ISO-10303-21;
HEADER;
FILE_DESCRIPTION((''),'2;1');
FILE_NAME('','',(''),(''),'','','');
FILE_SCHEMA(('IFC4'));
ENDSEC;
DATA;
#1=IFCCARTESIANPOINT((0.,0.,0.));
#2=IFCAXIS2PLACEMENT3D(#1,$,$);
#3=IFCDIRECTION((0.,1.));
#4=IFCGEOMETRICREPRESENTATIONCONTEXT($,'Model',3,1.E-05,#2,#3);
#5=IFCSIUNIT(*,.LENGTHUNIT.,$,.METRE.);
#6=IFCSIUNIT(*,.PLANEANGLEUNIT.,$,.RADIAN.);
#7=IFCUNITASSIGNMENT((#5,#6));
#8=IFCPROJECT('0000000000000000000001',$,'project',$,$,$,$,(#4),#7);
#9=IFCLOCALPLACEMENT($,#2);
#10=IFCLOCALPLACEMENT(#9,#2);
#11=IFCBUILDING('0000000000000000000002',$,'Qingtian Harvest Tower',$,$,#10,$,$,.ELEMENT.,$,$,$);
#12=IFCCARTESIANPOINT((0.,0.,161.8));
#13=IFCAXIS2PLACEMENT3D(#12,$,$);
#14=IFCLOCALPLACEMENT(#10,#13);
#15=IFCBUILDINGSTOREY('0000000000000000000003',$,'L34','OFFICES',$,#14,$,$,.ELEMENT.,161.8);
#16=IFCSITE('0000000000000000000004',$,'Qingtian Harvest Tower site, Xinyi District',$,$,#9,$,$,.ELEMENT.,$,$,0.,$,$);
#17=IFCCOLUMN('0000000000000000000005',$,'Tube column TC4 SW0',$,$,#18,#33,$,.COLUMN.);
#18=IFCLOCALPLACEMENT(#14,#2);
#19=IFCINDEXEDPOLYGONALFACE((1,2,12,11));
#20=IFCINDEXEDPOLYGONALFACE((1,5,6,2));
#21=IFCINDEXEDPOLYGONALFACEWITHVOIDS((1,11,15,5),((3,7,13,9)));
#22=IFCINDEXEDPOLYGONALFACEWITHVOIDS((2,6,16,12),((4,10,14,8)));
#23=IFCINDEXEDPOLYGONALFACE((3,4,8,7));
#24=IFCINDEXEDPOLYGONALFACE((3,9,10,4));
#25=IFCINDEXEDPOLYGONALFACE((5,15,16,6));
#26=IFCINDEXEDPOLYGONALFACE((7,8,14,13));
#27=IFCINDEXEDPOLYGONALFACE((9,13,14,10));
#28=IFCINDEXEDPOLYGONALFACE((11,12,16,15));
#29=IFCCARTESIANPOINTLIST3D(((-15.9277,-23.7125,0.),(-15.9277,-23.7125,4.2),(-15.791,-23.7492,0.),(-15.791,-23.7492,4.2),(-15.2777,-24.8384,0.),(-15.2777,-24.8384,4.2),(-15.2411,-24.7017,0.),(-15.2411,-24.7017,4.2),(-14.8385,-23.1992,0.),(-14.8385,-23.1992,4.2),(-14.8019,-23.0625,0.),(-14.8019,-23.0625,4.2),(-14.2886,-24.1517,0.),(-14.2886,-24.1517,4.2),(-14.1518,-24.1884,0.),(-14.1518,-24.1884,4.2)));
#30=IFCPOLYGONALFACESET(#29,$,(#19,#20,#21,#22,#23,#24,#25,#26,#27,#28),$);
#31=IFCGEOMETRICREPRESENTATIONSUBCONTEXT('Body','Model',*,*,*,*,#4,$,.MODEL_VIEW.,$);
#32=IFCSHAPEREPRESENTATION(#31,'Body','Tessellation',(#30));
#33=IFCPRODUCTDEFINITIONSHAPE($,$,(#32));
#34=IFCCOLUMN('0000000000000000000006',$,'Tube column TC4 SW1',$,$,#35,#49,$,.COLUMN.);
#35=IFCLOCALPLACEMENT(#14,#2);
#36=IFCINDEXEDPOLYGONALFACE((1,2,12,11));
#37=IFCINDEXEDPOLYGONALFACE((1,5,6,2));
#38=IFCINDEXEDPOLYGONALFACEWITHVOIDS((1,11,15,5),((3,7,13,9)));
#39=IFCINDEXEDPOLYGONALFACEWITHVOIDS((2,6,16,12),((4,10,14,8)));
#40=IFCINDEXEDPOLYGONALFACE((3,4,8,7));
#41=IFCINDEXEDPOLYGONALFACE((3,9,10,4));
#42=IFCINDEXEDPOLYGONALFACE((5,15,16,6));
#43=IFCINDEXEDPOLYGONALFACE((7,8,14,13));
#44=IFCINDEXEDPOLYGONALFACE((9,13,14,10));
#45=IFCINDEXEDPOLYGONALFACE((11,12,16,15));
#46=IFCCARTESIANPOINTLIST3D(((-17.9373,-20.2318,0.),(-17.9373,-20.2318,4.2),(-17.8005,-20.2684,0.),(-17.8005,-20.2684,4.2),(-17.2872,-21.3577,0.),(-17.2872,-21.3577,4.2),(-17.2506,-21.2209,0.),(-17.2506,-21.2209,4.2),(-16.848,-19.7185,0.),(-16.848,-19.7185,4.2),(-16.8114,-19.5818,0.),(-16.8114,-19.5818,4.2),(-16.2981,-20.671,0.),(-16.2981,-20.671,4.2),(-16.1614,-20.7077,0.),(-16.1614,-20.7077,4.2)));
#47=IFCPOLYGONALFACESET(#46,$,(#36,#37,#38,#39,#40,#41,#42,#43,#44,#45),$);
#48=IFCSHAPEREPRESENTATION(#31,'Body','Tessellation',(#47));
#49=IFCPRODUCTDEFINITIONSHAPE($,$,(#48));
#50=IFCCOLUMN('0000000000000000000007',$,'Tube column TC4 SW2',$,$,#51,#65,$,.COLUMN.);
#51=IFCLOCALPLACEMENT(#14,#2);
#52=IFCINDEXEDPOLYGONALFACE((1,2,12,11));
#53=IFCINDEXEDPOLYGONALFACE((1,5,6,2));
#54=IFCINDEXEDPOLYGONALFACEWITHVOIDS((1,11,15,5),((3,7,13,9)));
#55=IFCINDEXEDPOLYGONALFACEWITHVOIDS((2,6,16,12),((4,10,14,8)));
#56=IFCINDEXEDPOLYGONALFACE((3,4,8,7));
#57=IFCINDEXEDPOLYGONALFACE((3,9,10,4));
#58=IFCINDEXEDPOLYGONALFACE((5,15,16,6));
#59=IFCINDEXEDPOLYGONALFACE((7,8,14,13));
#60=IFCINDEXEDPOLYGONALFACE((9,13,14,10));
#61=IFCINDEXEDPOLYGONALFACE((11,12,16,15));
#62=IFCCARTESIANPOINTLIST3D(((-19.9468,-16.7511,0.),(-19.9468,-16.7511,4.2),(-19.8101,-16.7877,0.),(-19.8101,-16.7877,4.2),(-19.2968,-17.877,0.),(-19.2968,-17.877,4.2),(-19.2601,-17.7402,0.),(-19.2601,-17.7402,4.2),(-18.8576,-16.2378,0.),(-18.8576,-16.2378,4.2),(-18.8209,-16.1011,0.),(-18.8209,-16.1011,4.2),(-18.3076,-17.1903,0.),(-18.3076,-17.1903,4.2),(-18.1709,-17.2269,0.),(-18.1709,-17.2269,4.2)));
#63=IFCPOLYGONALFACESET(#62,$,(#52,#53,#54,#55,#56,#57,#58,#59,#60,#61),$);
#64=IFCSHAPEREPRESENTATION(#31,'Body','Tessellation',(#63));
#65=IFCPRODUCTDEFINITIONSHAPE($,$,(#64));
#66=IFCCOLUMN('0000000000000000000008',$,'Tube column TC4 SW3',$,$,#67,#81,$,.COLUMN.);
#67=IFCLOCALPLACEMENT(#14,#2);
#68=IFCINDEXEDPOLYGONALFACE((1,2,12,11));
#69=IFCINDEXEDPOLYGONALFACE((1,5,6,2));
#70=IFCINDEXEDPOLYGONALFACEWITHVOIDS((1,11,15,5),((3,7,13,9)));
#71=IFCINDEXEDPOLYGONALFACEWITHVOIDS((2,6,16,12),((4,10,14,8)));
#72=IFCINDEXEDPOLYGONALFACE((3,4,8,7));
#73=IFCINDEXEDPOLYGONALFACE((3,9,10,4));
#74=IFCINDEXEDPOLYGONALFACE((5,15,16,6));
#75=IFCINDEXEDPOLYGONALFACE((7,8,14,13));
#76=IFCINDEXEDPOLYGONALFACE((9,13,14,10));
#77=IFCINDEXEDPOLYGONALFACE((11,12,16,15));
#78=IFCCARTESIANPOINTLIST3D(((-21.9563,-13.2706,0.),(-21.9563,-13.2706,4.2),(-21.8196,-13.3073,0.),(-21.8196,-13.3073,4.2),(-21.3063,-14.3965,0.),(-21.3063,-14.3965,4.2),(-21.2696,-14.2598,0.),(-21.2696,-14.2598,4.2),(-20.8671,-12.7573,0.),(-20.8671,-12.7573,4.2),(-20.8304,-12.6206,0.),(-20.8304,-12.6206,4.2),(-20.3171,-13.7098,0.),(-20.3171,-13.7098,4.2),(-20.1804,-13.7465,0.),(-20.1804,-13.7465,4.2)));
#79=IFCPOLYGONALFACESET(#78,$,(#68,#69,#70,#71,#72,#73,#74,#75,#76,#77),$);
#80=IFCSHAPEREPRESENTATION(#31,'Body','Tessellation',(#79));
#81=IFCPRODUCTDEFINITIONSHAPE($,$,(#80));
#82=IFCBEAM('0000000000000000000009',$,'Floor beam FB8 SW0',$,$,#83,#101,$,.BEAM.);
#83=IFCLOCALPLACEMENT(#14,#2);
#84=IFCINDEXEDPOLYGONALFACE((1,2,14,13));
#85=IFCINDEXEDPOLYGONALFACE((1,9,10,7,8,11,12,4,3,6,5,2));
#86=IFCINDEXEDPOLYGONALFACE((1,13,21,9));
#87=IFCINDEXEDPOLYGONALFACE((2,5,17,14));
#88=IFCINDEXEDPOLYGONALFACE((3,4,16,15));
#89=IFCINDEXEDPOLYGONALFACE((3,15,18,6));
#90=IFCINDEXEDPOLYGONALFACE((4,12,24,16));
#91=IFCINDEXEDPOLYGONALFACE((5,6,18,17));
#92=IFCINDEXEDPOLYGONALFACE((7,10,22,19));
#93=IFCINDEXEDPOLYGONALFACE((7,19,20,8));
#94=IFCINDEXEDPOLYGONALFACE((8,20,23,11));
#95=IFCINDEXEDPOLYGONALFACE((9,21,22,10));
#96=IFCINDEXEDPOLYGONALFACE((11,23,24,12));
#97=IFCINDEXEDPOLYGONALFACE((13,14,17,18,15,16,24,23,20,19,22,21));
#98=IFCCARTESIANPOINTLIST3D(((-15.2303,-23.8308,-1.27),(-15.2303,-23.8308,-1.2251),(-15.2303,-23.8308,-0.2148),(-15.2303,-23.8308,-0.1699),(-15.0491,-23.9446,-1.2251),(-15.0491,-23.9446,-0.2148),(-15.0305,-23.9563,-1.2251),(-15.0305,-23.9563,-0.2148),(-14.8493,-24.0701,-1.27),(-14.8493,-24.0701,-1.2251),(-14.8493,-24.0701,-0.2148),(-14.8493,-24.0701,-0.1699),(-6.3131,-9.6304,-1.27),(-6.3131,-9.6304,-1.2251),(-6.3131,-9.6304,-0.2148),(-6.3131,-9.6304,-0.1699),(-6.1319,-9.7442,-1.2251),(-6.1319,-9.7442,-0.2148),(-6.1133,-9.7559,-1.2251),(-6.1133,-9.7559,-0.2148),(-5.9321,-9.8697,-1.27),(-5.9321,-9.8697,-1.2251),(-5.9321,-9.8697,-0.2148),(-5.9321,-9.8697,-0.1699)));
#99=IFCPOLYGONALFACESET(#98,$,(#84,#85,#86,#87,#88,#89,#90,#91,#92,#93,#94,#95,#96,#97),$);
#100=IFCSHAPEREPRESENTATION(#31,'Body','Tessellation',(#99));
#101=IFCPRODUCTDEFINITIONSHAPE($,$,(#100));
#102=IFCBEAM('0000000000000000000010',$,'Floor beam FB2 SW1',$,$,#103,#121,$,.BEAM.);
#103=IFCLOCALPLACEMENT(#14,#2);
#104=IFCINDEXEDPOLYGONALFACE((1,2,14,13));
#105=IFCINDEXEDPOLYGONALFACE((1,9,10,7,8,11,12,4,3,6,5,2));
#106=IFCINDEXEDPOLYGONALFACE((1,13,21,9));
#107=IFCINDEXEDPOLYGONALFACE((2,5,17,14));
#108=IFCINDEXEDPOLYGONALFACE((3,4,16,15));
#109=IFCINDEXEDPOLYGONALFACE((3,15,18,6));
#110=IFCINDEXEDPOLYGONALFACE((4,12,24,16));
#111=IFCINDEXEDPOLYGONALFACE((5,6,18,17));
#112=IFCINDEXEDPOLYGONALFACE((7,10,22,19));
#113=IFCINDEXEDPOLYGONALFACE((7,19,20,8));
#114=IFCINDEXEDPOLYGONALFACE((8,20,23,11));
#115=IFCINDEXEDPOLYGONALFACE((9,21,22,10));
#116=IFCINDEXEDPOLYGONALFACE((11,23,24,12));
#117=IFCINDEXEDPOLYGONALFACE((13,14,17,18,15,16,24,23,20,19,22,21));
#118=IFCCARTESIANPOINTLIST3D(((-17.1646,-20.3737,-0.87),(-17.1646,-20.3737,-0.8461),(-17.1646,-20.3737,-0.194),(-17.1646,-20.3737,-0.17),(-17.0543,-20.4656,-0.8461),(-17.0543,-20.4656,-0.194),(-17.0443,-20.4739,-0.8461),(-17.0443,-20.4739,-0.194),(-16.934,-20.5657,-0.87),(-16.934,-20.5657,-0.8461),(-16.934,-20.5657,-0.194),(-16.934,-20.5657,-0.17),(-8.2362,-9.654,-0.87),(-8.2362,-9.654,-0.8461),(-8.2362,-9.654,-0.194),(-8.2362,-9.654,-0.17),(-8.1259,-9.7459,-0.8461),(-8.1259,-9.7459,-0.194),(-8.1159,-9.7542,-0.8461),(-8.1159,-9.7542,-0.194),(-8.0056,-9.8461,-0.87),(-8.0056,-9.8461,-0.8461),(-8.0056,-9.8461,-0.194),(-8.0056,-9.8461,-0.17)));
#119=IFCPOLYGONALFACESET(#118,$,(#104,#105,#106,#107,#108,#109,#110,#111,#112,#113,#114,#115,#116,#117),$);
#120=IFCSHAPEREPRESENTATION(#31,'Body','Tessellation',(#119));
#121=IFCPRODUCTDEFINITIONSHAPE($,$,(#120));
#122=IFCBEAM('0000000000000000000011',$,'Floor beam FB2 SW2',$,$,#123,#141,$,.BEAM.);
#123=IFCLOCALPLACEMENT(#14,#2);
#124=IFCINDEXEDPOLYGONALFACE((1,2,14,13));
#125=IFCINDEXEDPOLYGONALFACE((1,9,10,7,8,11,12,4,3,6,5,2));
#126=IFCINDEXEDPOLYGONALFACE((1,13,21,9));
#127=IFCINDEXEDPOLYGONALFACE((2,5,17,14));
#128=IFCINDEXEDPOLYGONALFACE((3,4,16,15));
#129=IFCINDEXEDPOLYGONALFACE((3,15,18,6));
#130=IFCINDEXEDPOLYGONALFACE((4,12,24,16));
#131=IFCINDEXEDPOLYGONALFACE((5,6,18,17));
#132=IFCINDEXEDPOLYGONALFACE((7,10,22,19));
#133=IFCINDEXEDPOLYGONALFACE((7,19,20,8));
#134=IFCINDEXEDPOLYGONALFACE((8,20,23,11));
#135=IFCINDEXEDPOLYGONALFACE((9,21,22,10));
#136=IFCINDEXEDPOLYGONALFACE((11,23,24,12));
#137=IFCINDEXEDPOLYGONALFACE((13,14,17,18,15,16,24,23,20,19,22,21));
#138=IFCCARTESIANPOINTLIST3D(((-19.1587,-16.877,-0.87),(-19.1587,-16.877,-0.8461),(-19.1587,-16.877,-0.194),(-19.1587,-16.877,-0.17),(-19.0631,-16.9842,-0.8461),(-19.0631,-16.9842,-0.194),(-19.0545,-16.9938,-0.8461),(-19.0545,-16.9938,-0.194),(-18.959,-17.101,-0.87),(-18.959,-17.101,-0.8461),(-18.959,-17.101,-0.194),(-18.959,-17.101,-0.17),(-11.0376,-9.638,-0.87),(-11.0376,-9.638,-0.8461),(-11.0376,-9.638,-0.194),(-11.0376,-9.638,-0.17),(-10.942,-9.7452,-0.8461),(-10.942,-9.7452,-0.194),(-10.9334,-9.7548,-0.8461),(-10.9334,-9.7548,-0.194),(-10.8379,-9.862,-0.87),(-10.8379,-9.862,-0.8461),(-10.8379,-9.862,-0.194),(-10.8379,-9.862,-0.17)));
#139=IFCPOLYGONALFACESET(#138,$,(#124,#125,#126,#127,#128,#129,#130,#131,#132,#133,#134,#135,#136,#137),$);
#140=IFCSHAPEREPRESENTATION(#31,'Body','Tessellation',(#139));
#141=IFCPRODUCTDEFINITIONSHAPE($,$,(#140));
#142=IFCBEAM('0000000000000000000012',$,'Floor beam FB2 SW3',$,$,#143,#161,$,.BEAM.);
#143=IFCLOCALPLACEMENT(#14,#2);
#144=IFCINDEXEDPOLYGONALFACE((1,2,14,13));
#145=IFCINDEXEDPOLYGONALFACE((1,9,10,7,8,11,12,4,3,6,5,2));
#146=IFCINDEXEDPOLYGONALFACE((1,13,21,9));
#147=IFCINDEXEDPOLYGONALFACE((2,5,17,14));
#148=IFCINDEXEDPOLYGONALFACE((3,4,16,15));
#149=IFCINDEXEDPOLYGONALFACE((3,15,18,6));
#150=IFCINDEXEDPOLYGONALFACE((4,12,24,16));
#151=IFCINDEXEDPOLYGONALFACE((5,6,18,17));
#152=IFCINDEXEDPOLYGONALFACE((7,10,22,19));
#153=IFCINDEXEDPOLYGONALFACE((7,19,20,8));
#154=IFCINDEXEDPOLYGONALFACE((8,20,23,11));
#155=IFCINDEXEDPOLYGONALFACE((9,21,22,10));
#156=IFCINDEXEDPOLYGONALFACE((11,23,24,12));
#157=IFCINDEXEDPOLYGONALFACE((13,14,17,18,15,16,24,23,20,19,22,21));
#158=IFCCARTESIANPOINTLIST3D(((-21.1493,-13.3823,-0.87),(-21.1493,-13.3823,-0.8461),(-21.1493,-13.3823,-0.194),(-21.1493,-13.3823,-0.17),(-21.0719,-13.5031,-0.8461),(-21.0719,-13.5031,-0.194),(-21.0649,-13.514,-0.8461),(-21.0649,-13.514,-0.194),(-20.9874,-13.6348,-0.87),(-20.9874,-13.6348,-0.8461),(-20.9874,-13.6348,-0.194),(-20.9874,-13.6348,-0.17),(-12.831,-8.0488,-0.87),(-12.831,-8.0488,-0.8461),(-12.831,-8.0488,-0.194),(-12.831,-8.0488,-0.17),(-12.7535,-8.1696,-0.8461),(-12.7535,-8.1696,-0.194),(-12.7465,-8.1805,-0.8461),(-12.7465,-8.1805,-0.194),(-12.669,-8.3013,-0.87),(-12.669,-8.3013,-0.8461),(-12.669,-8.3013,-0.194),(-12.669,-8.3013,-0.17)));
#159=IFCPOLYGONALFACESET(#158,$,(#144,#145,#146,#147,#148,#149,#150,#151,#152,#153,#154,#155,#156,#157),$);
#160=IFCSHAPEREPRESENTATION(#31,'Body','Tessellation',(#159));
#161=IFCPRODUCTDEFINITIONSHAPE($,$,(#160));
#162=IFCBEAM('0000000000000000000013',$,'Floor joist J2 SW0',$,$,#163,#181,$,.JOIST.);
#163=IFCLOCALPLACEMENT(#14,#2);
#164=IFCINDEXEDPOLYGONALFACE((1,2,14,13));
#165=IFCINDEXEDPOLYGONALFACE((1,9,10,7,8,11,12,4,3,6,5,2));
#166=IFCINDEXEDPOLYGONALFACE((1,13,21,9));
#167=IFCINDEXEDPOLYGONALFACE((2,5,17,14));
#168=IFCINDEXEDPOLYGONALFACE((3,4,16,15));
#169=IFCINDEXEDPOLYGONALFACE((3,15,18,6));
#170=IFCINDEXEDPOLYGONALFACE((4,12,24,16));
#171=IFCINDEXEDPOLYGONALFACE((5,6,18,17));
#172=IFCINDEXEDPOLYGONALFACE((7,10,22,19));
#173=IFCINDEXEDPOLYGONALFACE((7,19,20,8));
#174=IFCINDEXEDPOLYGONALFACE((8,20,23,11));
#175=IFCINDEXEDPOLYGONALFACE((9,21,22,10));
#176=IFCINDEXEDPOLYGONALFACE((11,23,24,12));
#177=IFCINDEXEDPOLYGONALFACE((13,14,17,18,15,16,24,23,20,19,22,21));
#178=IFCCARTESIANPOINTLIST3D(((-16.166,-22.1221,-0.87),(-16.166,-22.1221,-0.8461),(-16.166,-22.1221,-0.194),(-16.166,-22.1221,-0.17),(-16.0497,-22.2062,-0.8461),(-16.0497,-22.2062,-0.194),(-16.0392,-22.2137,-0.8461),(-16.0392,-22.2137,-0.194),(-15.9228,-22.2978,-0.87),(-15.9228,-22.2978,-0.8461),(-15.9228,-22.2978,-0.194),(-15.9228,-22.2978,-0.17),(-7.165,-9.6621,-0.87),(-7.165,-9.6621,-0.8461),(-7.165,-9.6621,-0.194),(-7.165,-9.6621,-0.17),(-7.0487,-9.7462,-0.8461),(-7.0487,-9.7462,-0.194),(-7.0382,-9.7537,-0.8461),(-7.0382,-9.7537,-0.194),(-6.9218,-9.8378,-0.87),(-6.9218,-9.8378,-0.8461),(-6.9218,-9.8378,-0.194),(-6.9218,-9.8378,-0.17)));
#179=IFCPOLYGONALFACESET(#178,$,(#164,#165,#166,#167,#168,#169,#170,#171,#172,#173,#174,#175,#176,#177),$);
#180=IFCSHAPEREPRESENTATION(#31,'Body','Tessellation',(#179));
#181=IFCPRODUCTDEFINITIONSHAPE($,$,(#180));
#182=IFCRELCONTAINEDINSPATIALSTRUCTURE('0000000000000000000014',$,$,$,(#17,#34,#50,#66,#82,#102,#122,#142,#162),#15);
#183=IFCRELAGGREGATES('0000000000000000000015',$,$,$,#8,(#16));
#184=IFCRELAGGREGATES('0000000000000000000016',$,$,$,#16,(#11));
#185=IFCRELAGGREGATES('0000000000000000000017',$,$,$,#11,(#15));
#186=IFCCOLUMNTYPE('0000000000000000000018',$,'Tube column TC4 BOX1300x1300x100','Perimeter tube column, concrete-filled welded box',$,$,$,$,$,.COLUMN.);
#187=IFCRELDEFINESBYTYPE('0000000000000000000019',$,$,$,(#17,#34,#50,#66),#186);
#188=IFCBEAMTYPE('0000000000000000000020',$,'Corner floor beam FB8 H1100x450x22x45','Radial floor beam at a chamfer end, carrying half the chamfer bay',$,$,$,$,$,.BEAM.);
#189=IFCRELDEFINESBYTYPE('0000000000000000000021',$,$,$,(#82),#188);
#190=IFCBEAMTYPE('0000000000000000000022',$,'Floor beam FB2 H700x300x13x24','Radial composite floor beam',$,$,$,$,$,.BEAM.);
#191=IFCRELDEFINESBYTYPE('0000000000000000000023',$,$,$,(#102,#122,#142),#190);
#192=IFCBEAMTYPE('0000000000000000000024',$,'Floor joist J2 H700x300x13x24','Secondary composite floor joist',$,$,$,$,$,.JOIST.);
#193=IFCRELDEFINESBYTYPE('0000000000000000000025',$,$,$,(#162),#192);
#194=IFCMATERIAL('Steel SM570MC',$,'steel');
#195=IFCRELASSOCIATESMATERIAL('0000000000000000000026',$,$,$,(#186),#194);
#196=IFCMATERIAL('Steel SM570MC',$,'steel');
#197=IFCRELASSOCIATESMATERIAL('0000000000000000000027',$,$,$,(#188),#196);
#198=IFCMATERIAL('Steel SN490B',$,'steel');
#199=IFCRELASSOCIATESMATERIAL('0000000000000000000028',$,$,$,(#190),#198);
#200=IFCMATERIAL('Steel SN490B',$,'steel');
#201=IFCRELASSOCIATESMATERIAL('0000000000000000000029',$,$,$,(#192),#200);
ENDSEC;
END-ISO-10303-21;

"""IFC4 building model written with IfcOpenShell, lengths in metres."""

from ifc_helpers import new_model, si_unit, direction, frame, origin, origin_2d, place, context, subcontext, project, spatial, hollow_rectangle, i_section, extrude, material, material_profile, profile_set, type_object, element, save


model = new_model("IFC4")

# Units and contexts
model_context = context("Model", 3, precision=1e-05, world=origin(), true_north=direction((0.0, 1.0)))
body_context = subcontext(model_context, "Body", "Model", "MODEL_VIEW")
ifc_project = project(units=[si_unit("LENGTHUNIT", "METRE"), si_unit("PLANEANGLEUNIT", "RADIAN")], contexts=[model_context])

# Site, building, storey
site_placement = place(None, origin())
site = spatial("IfcSite", under=ifc_project, at=site_placement, Name="Qingtian Harvest Tower site, Xinyi District", CompositionType="ELEMENT", RefElevation=0.0)
building_placement = place(site_placement, origin())
building = spatial("IfcBuilding", under=site, at=building_placement, Name="Qingtian Harvest Tower", CompositionType="ELEMENT")
storey_placement = place(building_placement, frame((0.0, 0.0, 161.8)))
storey = spatial("IfcBuildingStorey", under=building, at=storey_placement, Name="L34", Description="OFFICES", CompositionType="ELEMENT", Elevation=161.8)

# Columns
ifc_material_1 = material(Name="Steel SM570MC", Category="steel")
ifc_material_profile_1 = material_profile(ifc_material_1, hollow_rectangle(XDim=1.3, YDim=1.3, WallThickness=0.1001, at=origin_2d()), Name="BOX1300x1300x100")
ifc_profile_set_1 = profile_set([ifc_material_profile_1], Name="Steel SM570MC")
column_type = type_object("IfcColumnType", Name="Tube column TC4 BOX1300x1300x100", Description="Perimeter tube column, concrete-filled welded box", PredefinedType="COLUMN", material=ifc_profile_set_1)
for number, where, z_axis, x_axis, name in (
    (1, (-15.0398, -23.9504, 0.0), (0.0, 0.0, 1.0), (0.5, -0.866025, 0.0), "Tube column TC4 SW0"),
    (2, (-17.0493, -20.4697, 0.0), (0.0, 0.0, 1.0), (0.5, -0.866025, 0.0), "Tube column TC4 SW1"),
    (3, (-19.0588, -16.989, 0.0), (0.0, 0.0, 1.0), (0.5, -0.866025, 0.0), "Tube column TC4 SW2"),
    (4, (-21.0684, -13.5085, 0.0), (0.0, 0.0, 1.0), (0.5, -0.866025, 0.0), "Tube column TC4 SW3"),
):
    element("IfcColumn", number, at=place(storey_placement, frame(where, z_axis=z_axis, x_axis=x_axis)), inside=storey, type_object=column_type, Name=name, PredefinedType="COLUMN", context=body_context, shape_type="SweptSolid", body=[
        extrude(hollow_rectangle(XDim=1.3, YDim=1.3, WallThickness=0.1001, at=origin_2d()), origin(), (0.0, 0.0, 1.0), 4.2),
    ])

# Beams
ifc_material_2 = material(Name="Steel SM570MC", Category="steel")
ifc_material_profile_2 = material_profile(ifc_material_2, i_section(OverallWidth=0.45, OverallDepth=1.1001, WebThickness=0.022, FlangeThickness=0.0449, at=origin_2d()), Name="H1100x450x22x45")
ifc_profile_set_2 = profile_set([ifc_material_profile_2], Name="Steel SM570MC")
beam_type_1 = type_object("IfcBeamType", Name="Corner floor beam FB8 H1100x450x22x45", Description="Radial floor beam at a chamfer end, carrying half the chamfer bay", PredefinedType="BEAM", material=ifc_profile_set_2)
beam_1_placement = place(storey_placement, frame((-15.0398, -23.9504, -0.72), z_axis=(0.531797, 0.846872, 0.0), x_axis=(-0.846872, 0.531797, 0.0)))
element("IfcBeam", 5, at=beam_1_placement, inside=storey, type_object=beam_type_1, Name="Floor beam FB8 SW0", PredefinedType="BEAM", context=body_context, shape_type="SweptSolid", body=[
    extrude(i_section(OverallWidth=0.45, OverallDepth=1.1001, WebThickness=0.022, FlangeThickness=0.0449, at=origin_2d()), origin(), (0.0, 0.0, 1.0), 16.7681),
])
ifc_material_3 = material(Name="Steel SN490B", Category="steel")
ifc_material_profile_3 = material_profile(ifc_material_3, i_section(OverallWidth=0.3, OverallDepth=0.7, WebThickness=0.0129, FlangeThickness=0.0239, at=origin_2d()), Name="H700x300x13x24")
ifc_profile_set_3 = profile_set([ifc_material_profile_3], Name="Steel SN490B")
beam_type_2 = type_object("IfcBeamType", Name="Floor beam FB2 H700x300x13x24", Description="Radial composite floor beam", PredefinedType="BEAM", material=ifc_profile_set_3)
beam_2_placement = place(storey_placement, frame((-17.0493, -20.4697, -0.52), z_axis=(0.639988, 0.768385, 0.0), x_axis=(-0.768385, 0.639988, 0.0)))
element("IfcBeam", 6, at=beam_2_placement, inside=storey, type_object=beam_type_2, Name="Floor beam FB2 SW1", PredefinedType="BEAM", context=body_context, shape_type="SweptSolid", body=[
    extrude(i_section(OverallWidth=0.3, OverallDepth=0.7, WebThickness=0.0129, FlangeThickness=0.0239, at=origin_2d()), origin(), (0.0, 0.0, 1.0), 13.9509),
])
beam_3_placement = place(storey_placement, frame((-19.0588, -16.989, -0.52), z_axis=(0.746484, 0.665404, 0.0), x_axis=(-0.665404, 0.746484, 0.0)))
element("IfcBeam", 7, at=beam_3_placement, inside=storey, type_object=beam_type_2, Name="Floor beam FB2 SW2", PredefinedType="BEAM", context=body_context, shape_type="SweptSolid", body=[
    extrude(i_section(OverallWidth=0.3, OverallDepth=0.7, WebThickness=0.0129, FlangeThickness=0.0239, at=origin_2d()), origin(), (0.0, 0.0, 1.0), 10.8792),
])
beam_4_placement = place(storey_placement, frame((-21.0684, -13.5085, -0.52), z_axis=(0.841823, 0.539753, 0.0), x_axis=(-0.539753, 0.841823, 0.0)))
element("IfcBeam", 8, at=beam_4_placement, inside=storey, type_object=beam_type_2, Name="Floor beam FB2 SW3", PredefinedType="BEAM", context=body_context, shape_type="SweptSolid", body=[
    extrude(i_section(OverallWidth=0.3, OverallDepth=0.7, WebThickness=0.0129, FlangeThickness=0.0239, at=origin_2d()), origin(), (0.0, 0.0, 1.0), 9.8813),
])
ifc_material_4 = material(Name="Steel SN490B", Category="steel")
ifc_material_profile_4 = material_profile(ifc_material_4, i_section(OverallWidth=0.3, OverallDepth=0.7, WebThickness=0.0129, FlangeThickness=0.0239, at=origin_2d()), Name="H700x300x13x24")
ifc_profile_set_4 = profile_set([ifc_material_profile_4], Name="Steel SN490B")
beam_type_3 = type_object("IfcBeamType", Name="Floor joist J2 H700x300x13x24", Description="Secondary composite floor joist", PredefinedType="JOIST", material=ifc_profile_set_4)
beam_5_placement = place(storey_placement, frame((-16.0444, -22.21, -0.52), z_axis=(0.585581, 0.810614, 0.0), x_axis=(-0.810614, 0.585581, 0.0)))
element("IfcBeam", 9, at=beam_5_placement, inside=storey, type_object=beam_type_3, Name="Floor joist J2 SW0", PredefinedType="JOIST", context=body_context, shape_type="SweptSolid", body=[
    extrude(i_section(OverallWidth=0.3, OverallDepth=0.7, WebThickness=0.0129, FlangeThickness=0.0239, at=origin_2d()), origin(), (0.0, 0.0, 1.0), 15.3711),
])

save(model, "model.ifc")
